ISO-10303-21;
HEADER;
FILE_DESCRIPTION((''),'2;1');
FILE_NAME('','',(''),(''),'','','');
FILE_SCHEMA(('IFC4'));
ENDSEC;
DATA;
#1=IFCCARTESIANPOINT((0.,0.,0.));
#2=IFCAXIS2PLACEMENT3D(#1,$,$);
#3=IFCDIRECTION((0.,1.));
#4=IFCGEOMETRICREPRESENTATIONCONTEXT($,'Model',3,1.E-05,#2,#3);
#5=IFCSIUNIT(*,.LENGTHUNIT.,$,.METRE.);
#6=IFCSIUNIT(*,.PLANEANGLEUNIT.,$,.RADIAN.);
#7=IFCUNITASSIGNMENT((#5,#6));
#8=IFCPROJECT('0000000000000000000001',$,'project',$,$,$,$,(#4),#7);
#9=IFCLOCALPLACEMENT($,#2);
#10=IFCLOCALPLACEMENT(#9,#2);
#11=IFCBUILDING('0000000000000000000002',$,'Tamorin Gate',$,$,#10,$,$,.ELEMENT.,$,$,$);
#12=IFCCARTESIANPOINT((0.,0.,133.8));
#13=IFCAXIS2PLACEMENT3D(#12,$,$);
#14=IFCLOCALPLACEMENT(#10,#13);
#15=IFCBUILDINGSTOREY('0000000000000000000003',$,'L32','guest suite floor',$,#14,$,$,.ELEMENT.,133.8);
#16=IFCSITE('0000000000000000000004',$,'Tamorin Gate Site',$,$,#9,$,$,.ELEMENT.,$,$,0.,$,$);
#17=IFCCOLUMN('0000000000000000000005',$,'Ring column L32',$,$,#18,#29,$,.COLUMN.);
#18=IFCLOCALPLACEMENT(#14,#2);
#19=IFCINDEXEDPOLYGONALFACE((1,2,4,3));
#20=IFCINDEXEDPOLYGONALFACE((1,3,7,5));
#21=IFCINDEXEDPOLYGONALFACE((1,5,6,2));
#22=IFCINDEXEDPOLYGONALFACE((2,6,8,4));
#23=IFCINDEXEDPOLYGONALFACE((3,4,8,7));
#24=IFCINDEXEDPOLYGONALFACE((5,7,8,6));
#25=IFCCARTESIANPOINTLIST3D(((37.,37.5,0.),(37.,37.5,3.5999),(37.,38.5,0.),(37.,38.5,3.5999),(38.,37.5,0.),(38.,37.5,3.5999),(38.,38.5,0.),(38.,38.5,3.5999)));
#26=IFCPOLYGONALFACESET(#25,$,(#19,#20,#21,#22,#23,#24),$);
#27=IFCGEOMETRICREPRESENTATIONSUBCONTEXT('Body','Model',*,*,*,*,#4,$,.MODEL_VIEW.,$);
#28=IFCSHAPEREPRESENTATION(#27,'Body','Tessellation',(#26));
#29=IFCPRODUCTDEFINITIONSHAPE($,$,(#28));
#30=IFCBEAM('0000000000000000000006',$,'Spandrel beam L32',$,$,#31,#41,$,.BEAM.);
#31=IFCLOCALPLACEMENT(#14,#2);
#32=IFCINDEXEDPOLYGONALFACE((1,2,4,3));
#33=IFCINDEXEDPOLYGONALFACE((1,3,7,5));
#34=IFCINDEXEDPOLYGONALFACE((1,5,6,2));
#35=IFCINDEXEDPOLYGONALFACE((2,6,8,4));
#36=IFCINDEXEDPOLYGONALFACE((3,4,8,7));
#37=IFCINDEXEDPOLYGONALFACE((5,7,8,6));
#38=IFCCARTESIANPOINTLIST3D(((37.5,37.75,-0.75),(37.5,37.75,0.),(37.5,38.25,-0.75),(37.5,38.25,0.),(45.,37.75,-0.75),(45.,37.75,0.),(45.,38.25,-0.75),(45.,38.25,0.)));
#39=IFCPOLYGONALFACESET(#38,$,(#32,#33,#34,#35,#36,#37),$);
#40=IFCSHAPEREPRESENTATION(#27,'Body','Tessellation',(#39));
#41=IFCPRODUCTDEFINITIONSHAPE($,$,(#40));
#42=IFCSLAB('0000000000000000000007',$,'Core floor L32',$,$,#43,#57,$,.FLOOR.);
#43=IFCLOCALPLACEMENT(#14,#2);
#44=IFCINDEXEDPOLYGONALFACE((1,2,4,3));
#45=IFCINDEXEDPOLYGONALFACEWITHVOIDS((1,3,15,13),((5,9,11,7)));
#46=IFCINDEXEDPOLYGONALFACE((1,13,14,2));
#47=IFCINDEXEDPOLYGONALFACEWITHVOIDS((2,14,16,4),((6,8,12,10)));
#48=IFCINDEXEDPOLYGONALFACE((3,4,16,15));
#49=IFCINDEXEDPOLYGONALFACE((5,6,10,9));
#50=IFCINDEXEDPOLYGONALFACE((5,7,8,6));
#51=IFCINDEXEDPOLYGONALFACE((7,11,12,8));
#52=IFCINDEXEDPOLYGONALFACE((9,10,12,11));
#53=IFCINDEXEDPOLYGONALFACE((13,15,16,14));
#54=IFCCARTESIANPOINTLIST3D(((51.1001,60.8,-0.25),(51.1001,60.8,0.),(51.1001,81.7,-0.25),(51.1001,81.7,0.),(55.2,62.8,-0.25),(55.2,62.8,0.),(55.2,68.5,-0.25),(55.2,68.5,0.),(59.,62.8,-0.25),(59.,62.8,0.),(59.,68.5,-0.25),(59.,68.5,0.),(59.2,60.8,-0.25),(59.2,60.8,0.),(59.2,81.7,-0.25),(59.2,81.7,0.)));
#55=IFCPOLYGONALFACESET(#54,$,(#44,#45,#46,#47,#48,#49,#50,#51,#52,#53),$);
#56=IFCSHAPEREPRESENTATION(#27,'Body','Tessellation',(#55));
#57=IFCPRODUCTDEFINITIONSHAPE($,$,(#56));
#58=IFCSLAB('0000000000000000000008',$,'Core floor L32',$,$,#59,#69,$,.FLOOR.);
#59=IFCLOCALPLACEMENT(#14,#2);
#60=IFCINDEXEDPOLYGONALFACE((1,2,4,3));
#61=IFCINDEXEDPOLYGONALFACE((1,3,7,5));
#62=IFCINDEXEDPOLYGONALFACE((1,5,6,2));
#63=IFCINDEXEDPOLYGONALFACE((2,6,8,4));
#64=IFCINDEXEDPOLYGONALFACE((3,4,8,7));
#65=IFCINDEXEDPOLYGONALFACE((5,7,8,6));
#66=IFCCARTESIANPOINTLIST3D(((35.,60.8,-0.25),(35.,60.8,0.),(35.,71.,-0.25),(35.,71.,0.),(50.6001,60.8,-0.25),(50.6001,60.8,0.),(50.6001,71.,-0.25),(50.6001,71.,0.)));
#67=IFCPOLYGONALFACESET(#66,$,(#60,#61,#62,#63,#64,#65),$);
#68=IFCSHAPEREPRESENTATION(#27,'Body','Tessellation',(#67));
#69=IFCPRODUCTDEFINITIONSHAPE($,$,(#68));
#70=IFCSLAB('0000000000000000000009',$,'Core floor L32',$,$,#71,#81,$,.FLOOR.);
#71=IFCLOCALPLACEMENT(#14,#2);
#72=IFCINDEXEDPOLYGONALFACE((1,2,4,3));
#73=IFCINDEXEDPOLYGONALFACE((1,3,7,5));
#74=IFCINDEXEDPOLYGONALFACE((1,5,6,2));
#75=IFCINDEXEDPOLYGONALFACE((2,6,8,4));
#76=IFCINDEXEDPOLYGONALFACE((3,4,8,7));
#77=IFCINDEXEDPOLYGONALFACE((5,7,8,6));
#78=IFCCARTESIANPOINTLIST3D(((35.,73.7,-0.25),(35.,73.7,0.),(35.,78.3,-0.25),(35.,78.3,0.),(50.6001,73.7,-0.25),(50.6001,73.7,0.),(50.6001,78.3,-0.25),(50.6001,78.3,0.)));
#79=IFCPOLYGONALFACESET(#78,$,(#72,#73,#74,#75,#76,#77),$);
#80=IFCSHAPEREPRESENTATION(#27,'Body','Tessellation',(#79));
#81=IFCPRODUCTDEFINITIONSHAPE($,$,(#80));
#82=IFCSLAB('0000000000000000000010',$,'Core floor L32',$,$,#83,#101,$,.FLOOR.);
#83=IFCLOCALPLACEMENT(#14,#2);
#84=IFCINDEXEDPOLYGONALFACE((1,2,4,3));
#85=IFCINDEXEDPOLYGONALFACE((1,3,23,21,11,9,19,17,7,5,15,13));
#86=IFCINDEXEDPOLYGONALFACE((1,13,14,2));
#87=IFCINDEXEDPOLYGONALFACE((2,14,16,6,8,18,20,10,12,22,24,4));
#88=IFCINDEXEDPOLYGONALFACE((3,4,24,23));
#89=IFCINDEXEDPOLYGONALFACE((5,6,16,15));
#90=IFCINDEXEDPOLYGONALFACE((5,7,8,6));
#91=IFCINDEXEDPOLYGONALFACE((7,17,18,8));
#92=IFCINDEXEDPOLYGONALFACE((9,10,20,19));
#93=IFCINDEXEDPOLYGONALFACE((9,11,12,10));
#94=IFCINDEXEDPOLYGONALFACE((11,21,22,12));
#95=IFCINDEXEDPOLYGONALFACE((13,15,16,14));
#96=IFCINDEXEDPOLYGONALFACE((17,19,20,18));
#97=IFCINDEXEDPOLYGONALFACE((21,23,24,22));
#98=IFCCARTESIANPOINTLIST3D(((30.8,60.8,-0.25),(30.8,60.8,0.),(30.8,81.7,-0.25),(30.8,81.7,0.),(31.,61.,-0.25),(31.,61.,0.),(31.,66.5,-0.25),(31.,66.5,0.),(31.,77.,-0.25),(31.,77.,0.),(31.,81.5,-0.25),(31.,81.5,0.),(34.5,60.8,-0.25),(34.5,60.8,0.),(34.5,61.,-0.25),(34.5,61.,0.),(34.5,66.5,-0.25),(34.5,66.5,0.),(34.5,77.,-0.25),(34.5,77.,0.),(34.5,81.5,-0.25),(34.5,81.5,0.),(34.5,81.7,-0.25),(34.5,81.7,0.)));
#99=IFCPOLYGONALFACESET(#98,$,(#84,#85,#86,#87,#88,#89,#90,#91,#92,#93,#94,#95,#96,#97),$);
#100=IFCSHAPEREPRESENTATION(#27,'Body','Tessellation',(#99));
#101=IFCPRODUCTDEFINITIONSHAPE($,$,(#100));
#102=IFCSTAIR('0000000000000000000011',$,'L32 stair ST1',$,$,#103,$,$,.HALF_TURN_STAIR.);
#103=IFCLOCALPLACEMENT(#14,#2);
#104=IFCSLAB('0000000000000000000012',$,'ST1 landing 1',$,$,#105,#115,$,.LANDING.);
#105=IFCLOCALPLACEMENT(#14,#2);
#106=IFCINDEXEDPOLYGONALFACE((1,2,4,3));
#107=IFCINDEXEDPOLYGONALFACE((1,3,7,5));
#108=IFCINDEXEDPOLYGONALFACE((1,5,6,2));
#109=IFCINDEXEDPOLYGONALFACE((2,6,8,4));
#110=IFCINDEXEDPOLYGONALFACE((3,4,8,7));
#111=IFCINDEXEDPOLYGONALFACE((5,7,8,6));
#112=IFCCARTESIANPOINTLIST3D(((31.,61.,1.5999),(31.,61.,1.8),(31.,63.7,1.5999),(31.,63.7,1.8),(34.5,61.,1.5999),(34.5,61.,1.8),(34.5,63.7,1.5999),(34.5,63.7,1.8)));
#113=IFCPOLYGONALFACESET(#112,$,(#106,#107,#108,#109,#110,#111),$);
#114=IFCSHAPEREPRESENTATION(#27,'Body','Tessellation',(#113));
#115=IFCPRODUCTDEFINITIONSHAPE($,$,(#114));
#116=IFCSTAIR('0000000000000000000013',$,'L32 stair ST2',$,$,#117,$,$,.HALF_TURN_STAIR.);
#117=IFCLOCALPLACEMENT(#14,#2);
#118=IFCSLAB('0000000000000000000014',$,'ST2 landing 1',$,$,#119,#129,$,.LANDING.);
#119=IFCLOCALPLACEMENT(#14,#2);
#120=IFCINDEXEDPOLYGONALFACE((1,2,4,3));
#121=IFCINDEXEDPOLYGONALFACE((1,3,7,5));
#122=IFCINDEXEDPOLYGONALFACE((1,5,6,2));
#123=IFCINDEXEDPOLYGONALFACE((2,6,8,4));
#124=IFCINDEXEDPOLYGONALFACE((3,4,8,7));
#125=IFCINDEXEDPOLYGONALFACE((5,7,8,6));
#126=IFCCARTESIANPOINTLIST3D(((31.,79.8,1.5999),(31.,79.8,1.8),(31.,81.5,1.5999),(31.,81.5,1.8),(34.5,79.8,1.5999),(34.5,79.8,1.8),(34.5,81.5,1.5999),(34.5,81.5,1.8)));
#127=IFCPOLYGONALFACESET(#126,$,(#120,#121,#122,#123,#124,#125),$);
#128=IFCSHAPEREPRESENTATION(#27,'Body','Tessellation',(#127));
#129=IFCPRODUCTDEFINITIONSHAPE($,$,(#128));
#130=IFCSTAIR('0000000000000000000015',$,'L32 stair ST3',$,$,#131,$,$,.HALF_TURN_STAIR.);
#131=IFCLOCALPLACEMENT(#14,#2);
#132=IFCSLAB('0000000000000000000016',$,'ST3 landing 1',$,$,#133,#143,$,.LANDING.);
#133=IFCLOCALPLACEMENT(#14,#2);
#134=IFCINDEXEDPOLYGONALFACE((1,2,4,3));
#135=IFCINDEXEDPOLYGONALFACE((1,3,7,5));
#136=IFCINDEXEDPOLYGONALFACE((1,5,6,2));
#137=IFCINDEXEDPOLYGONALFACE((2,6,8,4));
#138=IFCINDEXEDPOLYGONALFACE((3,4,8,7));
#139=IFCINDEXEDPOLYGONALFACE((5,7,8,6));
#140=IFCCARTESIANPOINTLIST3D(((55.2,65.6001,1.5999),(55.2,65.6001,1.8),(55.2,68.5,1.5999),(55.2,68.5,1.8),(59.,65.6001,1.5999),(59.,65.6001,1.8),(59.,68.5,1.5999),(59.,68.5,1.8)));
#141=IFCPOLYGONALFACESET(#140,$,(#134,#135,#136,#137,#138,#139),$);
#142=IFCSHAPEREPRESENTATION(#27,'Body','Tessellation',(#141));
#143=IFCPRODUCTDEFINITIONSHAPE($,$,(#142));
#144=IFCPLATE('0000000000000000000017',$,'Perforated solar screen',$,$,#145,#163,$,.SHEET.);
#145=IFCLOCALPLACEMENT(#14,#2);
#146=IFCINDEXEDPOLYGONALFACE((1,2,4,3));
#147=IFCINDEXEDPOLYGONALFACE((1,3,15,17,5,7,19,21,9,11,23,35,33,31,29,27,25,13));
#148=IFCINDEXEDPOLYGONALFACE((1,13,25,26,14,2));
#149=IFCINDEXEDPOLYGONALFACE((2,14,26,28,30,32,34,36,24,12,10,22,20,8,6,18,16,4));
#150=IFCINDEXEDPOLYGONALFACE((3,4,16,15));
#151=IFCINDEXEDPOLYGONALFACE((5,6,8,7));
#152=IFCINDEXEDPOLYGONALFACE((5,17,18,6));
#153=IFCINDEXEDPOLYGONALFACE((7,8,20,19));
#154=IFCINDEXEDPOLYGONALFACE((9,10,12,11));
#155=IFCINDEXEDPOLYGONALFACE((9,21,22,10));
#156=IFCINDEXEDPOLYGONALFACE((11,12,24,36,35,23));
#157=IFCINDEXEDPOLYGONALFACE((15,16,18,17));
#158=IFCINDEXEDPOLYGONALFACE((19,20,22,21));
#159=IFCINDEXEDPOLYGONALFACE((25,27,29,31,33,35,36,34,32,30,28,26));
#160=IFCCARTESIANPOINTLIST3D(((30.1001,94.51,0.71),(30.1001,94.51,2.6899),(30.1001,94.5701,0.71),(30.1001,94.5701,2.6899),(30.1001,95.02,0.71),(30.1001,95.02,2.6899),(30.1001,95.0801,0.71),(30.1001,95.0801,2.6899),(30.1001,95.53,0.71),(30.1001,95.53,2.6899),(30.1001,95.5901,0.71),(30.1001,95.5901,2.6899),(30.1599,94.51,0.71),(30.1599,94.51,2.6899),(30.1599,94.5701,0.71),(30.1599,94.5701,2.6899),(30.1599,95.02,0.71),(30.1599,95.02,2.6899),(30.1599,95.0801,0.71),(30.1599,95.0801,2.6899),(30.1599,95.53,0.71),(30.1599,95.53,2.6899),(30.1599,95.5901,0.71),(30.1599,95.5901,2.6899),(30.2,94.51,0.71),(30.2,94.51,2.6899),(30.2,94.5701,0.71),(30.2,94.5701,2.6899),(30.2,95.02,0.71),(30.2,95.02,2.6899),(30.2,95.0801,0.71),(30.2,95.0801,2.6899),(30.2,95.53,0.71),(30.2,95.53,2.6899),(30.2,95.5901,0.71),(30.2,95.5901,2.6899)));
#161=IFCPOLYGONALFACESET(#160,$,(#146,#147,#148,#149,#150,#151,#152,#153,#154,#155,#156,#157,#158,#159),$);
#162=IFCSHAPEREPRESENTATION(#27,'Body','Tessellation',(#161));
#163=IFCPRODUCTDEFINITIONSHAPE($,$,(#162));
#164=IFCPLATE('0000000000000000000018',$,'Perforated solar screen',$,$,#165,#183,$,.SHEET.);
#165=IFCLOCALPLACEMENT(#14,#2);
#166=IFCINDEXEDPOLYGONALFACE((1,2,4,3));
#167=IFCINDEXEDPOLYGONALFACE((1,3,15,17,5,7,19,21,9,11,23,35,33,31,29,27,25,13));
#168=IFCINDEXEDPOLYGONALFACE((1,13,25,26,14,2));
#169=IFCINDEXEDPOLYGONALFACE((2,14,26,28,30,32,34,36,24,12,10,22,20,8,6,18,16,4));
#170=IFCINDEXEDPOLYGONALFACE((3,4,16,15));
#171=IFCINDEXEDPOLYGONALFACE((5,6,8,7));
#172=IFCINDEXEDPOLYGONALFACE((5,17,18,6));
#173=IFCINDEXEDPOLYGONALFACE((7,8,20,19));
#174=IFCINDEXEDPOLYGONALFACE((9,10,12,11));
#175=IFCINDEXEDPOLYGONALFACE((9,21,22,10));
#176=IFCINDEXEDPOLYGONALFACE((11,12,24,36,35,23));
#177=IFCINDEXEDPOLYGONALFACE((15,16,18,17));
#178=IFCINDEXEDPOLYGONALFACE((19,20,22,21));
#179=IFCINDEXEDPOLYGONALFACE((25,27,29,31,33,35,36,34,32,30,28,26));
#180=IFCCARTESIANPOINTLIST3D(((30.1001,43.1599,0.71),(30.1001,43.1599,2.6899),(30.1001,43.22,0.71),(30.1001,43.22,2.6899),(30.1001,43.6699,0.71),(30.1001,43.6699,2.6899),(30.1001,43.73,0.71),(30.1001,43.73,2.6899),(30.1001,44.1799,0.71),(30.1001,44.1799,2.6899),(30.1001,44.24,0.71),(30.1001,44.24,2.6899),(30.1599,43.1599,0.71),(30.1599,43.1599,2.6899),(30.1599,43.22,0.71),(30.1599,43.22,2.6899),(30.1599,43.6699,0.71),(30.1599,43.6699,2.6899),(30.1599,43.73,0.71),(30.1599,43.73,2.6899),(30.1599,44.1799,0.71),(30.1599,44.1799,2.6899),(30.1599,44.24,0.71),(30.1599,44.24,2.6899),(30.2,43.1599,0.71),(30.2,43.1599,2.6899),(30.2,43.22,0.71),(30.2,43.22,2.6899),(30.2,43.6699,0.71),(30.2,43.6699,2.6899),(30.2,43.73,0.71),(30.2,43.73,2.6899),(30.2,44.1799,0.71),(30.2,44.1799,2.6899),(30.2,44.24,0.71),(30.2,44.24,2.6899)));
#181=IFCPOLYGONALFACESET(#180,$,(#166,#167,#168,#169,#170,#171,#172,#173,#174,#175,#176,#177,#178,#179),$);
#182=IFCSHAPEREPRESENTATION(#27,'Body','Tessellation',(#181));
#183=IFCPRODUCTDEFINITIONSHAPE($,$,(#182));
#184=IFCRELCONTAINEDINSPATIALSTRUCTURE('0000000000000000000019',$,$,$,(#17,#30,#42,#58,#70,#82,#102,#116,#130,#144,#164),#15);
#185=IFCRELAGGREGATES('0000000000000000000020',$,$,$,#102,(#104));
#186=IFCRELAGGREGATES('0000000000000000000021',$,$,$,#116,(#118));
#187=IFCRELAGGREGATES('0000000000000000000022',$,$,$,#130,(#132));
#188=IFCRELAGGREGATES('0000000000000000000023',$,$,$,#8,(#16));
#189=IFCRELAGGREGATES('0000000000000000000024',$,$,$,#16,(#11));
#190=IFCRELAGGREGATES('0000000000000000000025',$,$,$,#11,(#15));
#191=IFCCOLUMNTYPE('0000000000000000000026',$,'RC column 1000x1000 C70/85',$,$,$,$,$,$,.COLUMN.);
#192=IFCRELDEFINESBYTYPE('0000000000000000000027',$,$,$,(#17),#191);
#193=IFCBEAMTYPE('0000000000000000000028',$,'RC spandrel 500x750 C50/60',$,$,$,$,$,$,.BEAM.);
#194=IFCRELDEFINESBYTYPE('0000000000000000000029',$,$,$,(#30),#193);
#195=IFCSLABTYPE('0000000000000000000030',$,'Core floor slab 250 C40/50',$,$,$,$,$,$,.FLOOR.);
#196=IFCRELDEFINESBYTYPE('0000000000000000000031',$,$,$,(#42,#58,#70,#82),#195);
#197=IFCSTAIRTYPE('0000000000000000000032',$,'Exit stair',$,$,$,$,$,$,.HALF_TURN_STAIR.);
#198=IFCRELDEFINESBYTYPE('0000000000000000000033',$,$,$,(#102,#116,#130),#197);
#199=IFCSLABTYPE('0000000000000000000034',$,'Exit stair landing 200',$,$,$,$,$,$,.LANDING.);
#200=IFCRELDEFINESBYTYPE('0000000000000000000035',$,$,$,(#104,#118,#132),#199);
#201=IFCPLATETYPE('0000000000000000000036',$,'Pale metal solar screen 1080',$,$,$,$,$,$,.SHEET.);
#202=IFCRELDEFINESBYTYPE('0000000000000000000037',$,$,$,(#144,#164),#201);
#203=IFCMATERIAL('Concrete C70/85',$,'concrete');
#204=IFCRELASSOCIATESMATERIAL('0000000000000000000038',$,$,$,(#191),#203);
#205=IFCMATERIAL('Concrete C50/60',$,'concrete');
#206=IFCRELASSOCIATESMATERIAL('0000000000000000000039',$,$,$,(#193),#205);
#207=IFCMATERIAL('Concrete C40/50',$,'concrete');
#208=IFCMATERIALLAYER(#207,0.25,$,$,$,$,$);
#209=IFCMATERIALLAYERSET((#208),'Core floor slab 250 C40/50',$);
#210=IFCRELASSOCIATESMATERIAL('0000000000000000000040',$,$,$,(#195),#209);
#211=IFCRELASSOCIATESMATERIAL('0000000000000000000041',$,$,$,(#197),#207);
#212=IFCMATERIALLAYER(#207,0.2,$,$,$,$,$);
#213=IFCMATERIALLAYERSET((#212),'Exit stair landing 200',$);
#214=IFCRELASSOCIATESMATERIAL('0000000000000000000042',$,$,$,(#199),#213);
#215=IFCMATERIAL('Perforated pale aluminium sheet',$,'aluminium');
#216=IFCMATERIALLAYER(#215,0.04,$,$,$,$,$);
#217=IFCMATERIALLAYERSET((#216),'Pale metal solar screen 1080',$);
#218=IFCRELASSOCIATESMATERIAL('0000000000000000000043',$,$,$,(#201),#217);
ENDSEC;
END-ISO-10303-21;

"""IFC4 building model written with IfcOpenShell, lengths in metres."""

from ifc_helpers import new_model, si_unit, direction, frame, origin, origin_2d, place, context, subcontext, project, spatial, polyline, rectangle, outline, extrude, material, layer, layer_set, material_profile, profile_set, type_object, element, aggregate, save


model = new_model("IFC4")

# Units and contexts
model_context = context("Model", 3, precision=1e-05, world=origin(), true_north=direction((0.0, 1.0)))
body_context = subcontext(model_context, "Body", "Model", "MODEL_VIEW")
ifc_project = project(units=[si_unit("LENGTHUNIT", "METRE"), si_unit("PLANEANGLEUNIT", "RADIAN")], contexts=[model_context])

# Site, building, storey
site_placement = place(None, origin())
site = spatial("IfcSite", under=ifc_project, at=site_placement, Name="Tamorin Gate Site", CompositionType="ELEMENT", RefElevation=0.0)
building_placement = place(site_placement, origin())
building = spatial("IfcBuilding", under=site, at=building_placement, Name="Tamorin Gate", CompositionType="ELEMENT")
storey_placement = place(building_placement, frame((0.0, 0.0, 133.8)))
storey = spatial("IfcBuildingStorey", under=building, at=storey_placement, Name="L32", Description="guest suite floor", CompositionType="ELEMENT", Elevation=133.8)

# Column
ifc_material_1 = material(Name="Concrete C70/85", Category="concrete")
ifc_material_profile_1 = material_profile(ifc_material_1, rectangle(XDim=1.0, YDim=1.0, at=origin_2d()), Name="RC 1000x1000")
ifc_profile_set_1 = profile_set([ifc_material_profile_1], Name="Concrete C70/85")
column_type = type_object("IfcColumnType", Name="RC column 1000x1000 C70/85", PredefinedType="COLUMN", material=ifc_profile_set_1)
column_placement = place(storey_placement, frame((37.5, 38.0, 0.0), z_axis=(0.0, 0.0, 1.0), x_axis=(1.0, 0.0, 0.0)))
element("IfcColumn", 1, at=column_placement, inside=storey, type_object=column_type, Name="Ring column L32", PredefinedType="COLUMN", context=body_context, shape_type="SweptSolid", body=[
    extrude(rectangle(XDim=1.0, YDim=1.0, at=origin_2d()), origin(), (0.0, 0.0, 1.0), 3.5999),
])

# Beam
ifc_material_2 = material(Name="Concrete C50/60", Category="concrete")
ifc_material_profile_2 = material_profile(ifc_material_2, rectangle(XDim=0.5, YDim=0.75, at=origin_2d()), Name="RC 500x750")
ifc_profile_set_2 = profile_set([ifc_material_profile_2], Name="Concrete C50/60")
beam_type = type_object("IfcBeamType", Name="RC spandrel 500x750 C50/60", PredefinedType="BEAM", material=ifc_profile_set_2)
beam_placement = place(storey_placement, frame((37.5, 38.0, -0.375), z_axis=(1.0, 0.0, 0.0), x_axis=(0.0, 1.0, 0.0)))
element("IfcBeam", 2, at=beam_placement, inside=storey, type_object=beam_type, Name="Spandrel beam L32", PredefinedType="BEAM", context=body_context, shape_type="SweptSolid", body=[
    extrude(rectangle(XDim=0.5, YDim=0.75, at=origin_2d()), origin(), (0.0, 0.0, 1.0), 7.5),
])

# Slabs
ifc_material_3 = material(Name="Concrete C40/50", Category="concrete")
ifc_layer_1 = layer(ifc_material_3, 0.25)
ifc_layer_set_1 = layer_set([ifc_layer_1], Name="Core floor slab 250 C40/50")
slab_type_1 = type_object("IfcSlabType", Name="Core floor slab 250 C40/50", PredefinedType="FLOOR", material=ifc_layer_set_1)
slab_1_placement = place(storey_placement, frame((0.0, 0.0, -0.25)))
element("IfcSlab", 3, at=slab_1_placement, inside=storey, type_object=slab_type_1, Name="Core floor L32", PredefinedType="FLOOR", context=body_context, shape_type="SweptSolid", body=[
    extrude(outline(polyline([(51.1001, 81.7), (59.2, 81.7), (59.2, 60.8), (51.1001, 60.8), (51.1001, 81.7)]), holes=[polyline([(55.2, 62.8), (59.0, 62.8), (59.0, 68.5), (55.2, 68.5), (55.2, 62.8)])]), origin(), (0.0, 0.0, 1.0), 0.25),
])
slab_2_placement = place(storey_placement, frame((0.0, 0.0, -0.25)))
element("IfcSlab", 4, at=slab_2_placement, inside=storey, type_object=slab_type_1, Name="Core floor L32", PredefinedType="FLOOR", context=body_context, shape_type="SweptSolid", body=[
    extrude(outline(polyline([(50.6001, 71.0), (50.6001, 60.8), (35.0, 60.8), (35.0, 71.0), (50.6001, 71.0)])), origin(), (0.0, 0.0, 1.0), 0.25),
])
slab_3_placement = place(storey_placement, frame((0.0, 0.0, -0.25)))
element("IfcSlab", 5, at=slab_3_placement, inside=storey, type_object=slab_type_1, Name="Core floor L32", PredefinedType="FLOOR", context=body_context, shape_type="SweptSolid", body=[
    extrude(outline(polyline([(50.6001, 73.7), (35.0, 73.7), (35.0, 78.3), (50.6001, 78.3), (50.6001, 73.7)])), origin(), (0.0, 0.0, 1.0), 0.25),
])
slab_4_placement = place(storey_placement, frame((0.0, 0.0, -0.25)))
element("IfcSlab", 6, at=slab_4_placement, inside=storey, type_object=slab_type_1, Name="Core floor L32", PredefinedType="FLOOR", context=body_context, shape_type="SweptSolid", body=[
    extrude(outline(polyline([(34.5, 60.8), (30.8, 60.8), (30.8, 81.7), (34.5, 81.7), (34.5, 81.5), (31.0, 81.5), (31.0, 77.0), (34.5, 77.0), (34.5, 66.5), (31.0, 66.5), (31.0, 61.0), (34.5, 61.0), (34.5, 60.8)])), origin(), (0.0, 0.0, 1.0), 0.25),
])

# Stairs, slabs
stair_type = type_object("IfcStairType", Name="Exit stair", PredefinedType="HALF_TURN_STAIR", material=ifc_material_3)
stair_1_placement = place(storey_placement, origin())
stair_1 = element("IfcStair", 7, at=stair_1_placement, inside=storey, type_object=stair_type, Name="L32 stair ST1", PredefinedType="HALF_TURN_STAIR")
ifc_layer_2 = layer(ifc_material_3, 0.2)
ifc_layer_set_2 = layer_set([ifc_layer_2], Name="Exit stair landing 200")
slab_type_2 = type_object("IfcSlabType", Name="Exit stair landing 200", PredefinedType="LANDING", material=ifc_layer_set_2)
slab_5_placement = place(storey_placement, frame((0.0, 0.0, 1.5999)))
slab_5 = element("IfcSlab", 8, at=slab_5_placement, type_object=slab_type_2, Name="ST1 landing 1", PredefinedType="LANDING", context=body_context, shape_type="SweptSolid", body=[
    extrude(outline(polyline([(31.0, 63.7), (31.0, 61.0), (34.5, 61.0), (34.5, 63.7), (31.0, 63.7)])), origin(), (0.0, 0.0, 1.0), 0.2002),
])
aggregate(stair_1, [slab_5])
stair_2_placement = place(storey_placement, origin())
stair_2 = element("IfcStair", 9, at=stair_2_placement, inside=storey, type_object=stair_type, Name="L32 stair ST2", PredefinedType="HALF_TURN_STAIR")
slab_6_placement = place(storey_placement, frame((0.0, 0.0, 1.5999)))
slab_6 = element("IfcSlab", 10, at=slab_6_placement, type_object=slab_type_2, Name="ST2 landing 1", PredefinedType="LANDING", context=body_context, shape_type="SweptSolid", body=[
    extrude(outline(polyline([(34.5, 79.8), (34.5, 81.5), (31.0, 81.5), (31.0, 79.8), (34.5, 79.8)])), origin(), (0.0, 0.0, 1.0), 0.2002),
])
aggregate(stair_2, [slab_6])
stair_3_placement = place(storey_placement, origin())
stair_3 = element("IfcStair", 11, at=stair_3_placement, inside=storey, type_object=stair_type, Name="L32 stair ST3", PredefinedType="HALF_TURN_STAIR")
slab_7_placement = place(storey_placement, frame((0.0, 0.0, 1.5999)))
slab_7 = element("IfcSlab", 12, at=slab_7_placement, type_object=slab_type_2, Name="ST3 landing 1", PredefinedType="LANDING", context=body_context, shape_type="SweptSolid", body=[
    extrude(outline(polyline([(59.0, 65.6001), (59.0, 68.5), (55.2, 68.5), (55.2, 65.6001), (59.0, 65.6001)])), origin(), (0.0, 0.0, 1.0), 0.2002),
])
aggregate(stair_3, [slab_7])

# Plates
ifc_material_4 = material(Name="Perforated pale aluminium sheet", Category="aluminium")
ifc_layer_3 = layer(ifc_material_4, 0.04)
ifc_layer_set_3 = layer_set([ifc_layer_3], Name="Pale metal solar screen 1080")
plate_type_1 = type_object("IfcPlateType", Name="Pale metal solar screen 1080", PredefinedType="SHEET", material=ifc_layer_set_3)
plate_1_placement = place(storey_placement, frame((0.0, 0.0, 0.71)))
element("IfcPlate", 13, at=plate_1_placement, inside=storey, type_object=plate_type_1, Name="Perforated solar screen", PredefinedType="SHEET", context=body_context, shape_type="SweptSolid", body=[
    extrude(outline(polyline([(30.1599, 95.5901), (30.2, 95.5901), (30.2, 95.53), (30.2, 95.0801), (30.2, 95.02), (30.2, 94.5701), (30.2, 94.51), (30.1599, 94.51), (30.1001, 94.51), (30.1001, 94.5701), (30.1599, 94.5701), (30.1599, 95.02), (30.1001, 95.02), (30.1001, 95.0801), (30.1599, 95.0801), (30.1599, 95.53), (30.1001, 95.53), (30.1001, 95.5901), (30.1599, 95.5901)])), origin(), (0.0, 0.0, 1.0), 1.98),
])
plate_2_placement = place(storey_placement, frame((0.0, 0.0, 0.71)))
element("IfcPlate", 14, at=plate_2_placement, inside=storey, type_object=plate_type_1, Name="Perforated solar screen", PredefinedType="SHEET", context=body_context, shape_type="SweptSolid", body=[
    extrude(outline(polyline([(30.1599, 44.24), (30.2, 44.24), (30.2, 44.1799), (30.2, 43.73), (30.2, 43.6699), (30.2, 43.22), (30.2, 43.1599), (30.1599, 43.1599), (30.1001, 43.1599), (30.1001, 43.22), (30.1599, 43.22), (30.1599, 43.6699), (30.1001, 43.6699), (30.1001, 43.73), (30.1599, 43.73), (30.1599, 44.1799), (30.1001, 44.1799), (30.1001, 44.24), (30.1599, 44.24)])), origin(), (0.0, 0.0, 1.0), 1.98),
])

save(model, "model.ifc")
